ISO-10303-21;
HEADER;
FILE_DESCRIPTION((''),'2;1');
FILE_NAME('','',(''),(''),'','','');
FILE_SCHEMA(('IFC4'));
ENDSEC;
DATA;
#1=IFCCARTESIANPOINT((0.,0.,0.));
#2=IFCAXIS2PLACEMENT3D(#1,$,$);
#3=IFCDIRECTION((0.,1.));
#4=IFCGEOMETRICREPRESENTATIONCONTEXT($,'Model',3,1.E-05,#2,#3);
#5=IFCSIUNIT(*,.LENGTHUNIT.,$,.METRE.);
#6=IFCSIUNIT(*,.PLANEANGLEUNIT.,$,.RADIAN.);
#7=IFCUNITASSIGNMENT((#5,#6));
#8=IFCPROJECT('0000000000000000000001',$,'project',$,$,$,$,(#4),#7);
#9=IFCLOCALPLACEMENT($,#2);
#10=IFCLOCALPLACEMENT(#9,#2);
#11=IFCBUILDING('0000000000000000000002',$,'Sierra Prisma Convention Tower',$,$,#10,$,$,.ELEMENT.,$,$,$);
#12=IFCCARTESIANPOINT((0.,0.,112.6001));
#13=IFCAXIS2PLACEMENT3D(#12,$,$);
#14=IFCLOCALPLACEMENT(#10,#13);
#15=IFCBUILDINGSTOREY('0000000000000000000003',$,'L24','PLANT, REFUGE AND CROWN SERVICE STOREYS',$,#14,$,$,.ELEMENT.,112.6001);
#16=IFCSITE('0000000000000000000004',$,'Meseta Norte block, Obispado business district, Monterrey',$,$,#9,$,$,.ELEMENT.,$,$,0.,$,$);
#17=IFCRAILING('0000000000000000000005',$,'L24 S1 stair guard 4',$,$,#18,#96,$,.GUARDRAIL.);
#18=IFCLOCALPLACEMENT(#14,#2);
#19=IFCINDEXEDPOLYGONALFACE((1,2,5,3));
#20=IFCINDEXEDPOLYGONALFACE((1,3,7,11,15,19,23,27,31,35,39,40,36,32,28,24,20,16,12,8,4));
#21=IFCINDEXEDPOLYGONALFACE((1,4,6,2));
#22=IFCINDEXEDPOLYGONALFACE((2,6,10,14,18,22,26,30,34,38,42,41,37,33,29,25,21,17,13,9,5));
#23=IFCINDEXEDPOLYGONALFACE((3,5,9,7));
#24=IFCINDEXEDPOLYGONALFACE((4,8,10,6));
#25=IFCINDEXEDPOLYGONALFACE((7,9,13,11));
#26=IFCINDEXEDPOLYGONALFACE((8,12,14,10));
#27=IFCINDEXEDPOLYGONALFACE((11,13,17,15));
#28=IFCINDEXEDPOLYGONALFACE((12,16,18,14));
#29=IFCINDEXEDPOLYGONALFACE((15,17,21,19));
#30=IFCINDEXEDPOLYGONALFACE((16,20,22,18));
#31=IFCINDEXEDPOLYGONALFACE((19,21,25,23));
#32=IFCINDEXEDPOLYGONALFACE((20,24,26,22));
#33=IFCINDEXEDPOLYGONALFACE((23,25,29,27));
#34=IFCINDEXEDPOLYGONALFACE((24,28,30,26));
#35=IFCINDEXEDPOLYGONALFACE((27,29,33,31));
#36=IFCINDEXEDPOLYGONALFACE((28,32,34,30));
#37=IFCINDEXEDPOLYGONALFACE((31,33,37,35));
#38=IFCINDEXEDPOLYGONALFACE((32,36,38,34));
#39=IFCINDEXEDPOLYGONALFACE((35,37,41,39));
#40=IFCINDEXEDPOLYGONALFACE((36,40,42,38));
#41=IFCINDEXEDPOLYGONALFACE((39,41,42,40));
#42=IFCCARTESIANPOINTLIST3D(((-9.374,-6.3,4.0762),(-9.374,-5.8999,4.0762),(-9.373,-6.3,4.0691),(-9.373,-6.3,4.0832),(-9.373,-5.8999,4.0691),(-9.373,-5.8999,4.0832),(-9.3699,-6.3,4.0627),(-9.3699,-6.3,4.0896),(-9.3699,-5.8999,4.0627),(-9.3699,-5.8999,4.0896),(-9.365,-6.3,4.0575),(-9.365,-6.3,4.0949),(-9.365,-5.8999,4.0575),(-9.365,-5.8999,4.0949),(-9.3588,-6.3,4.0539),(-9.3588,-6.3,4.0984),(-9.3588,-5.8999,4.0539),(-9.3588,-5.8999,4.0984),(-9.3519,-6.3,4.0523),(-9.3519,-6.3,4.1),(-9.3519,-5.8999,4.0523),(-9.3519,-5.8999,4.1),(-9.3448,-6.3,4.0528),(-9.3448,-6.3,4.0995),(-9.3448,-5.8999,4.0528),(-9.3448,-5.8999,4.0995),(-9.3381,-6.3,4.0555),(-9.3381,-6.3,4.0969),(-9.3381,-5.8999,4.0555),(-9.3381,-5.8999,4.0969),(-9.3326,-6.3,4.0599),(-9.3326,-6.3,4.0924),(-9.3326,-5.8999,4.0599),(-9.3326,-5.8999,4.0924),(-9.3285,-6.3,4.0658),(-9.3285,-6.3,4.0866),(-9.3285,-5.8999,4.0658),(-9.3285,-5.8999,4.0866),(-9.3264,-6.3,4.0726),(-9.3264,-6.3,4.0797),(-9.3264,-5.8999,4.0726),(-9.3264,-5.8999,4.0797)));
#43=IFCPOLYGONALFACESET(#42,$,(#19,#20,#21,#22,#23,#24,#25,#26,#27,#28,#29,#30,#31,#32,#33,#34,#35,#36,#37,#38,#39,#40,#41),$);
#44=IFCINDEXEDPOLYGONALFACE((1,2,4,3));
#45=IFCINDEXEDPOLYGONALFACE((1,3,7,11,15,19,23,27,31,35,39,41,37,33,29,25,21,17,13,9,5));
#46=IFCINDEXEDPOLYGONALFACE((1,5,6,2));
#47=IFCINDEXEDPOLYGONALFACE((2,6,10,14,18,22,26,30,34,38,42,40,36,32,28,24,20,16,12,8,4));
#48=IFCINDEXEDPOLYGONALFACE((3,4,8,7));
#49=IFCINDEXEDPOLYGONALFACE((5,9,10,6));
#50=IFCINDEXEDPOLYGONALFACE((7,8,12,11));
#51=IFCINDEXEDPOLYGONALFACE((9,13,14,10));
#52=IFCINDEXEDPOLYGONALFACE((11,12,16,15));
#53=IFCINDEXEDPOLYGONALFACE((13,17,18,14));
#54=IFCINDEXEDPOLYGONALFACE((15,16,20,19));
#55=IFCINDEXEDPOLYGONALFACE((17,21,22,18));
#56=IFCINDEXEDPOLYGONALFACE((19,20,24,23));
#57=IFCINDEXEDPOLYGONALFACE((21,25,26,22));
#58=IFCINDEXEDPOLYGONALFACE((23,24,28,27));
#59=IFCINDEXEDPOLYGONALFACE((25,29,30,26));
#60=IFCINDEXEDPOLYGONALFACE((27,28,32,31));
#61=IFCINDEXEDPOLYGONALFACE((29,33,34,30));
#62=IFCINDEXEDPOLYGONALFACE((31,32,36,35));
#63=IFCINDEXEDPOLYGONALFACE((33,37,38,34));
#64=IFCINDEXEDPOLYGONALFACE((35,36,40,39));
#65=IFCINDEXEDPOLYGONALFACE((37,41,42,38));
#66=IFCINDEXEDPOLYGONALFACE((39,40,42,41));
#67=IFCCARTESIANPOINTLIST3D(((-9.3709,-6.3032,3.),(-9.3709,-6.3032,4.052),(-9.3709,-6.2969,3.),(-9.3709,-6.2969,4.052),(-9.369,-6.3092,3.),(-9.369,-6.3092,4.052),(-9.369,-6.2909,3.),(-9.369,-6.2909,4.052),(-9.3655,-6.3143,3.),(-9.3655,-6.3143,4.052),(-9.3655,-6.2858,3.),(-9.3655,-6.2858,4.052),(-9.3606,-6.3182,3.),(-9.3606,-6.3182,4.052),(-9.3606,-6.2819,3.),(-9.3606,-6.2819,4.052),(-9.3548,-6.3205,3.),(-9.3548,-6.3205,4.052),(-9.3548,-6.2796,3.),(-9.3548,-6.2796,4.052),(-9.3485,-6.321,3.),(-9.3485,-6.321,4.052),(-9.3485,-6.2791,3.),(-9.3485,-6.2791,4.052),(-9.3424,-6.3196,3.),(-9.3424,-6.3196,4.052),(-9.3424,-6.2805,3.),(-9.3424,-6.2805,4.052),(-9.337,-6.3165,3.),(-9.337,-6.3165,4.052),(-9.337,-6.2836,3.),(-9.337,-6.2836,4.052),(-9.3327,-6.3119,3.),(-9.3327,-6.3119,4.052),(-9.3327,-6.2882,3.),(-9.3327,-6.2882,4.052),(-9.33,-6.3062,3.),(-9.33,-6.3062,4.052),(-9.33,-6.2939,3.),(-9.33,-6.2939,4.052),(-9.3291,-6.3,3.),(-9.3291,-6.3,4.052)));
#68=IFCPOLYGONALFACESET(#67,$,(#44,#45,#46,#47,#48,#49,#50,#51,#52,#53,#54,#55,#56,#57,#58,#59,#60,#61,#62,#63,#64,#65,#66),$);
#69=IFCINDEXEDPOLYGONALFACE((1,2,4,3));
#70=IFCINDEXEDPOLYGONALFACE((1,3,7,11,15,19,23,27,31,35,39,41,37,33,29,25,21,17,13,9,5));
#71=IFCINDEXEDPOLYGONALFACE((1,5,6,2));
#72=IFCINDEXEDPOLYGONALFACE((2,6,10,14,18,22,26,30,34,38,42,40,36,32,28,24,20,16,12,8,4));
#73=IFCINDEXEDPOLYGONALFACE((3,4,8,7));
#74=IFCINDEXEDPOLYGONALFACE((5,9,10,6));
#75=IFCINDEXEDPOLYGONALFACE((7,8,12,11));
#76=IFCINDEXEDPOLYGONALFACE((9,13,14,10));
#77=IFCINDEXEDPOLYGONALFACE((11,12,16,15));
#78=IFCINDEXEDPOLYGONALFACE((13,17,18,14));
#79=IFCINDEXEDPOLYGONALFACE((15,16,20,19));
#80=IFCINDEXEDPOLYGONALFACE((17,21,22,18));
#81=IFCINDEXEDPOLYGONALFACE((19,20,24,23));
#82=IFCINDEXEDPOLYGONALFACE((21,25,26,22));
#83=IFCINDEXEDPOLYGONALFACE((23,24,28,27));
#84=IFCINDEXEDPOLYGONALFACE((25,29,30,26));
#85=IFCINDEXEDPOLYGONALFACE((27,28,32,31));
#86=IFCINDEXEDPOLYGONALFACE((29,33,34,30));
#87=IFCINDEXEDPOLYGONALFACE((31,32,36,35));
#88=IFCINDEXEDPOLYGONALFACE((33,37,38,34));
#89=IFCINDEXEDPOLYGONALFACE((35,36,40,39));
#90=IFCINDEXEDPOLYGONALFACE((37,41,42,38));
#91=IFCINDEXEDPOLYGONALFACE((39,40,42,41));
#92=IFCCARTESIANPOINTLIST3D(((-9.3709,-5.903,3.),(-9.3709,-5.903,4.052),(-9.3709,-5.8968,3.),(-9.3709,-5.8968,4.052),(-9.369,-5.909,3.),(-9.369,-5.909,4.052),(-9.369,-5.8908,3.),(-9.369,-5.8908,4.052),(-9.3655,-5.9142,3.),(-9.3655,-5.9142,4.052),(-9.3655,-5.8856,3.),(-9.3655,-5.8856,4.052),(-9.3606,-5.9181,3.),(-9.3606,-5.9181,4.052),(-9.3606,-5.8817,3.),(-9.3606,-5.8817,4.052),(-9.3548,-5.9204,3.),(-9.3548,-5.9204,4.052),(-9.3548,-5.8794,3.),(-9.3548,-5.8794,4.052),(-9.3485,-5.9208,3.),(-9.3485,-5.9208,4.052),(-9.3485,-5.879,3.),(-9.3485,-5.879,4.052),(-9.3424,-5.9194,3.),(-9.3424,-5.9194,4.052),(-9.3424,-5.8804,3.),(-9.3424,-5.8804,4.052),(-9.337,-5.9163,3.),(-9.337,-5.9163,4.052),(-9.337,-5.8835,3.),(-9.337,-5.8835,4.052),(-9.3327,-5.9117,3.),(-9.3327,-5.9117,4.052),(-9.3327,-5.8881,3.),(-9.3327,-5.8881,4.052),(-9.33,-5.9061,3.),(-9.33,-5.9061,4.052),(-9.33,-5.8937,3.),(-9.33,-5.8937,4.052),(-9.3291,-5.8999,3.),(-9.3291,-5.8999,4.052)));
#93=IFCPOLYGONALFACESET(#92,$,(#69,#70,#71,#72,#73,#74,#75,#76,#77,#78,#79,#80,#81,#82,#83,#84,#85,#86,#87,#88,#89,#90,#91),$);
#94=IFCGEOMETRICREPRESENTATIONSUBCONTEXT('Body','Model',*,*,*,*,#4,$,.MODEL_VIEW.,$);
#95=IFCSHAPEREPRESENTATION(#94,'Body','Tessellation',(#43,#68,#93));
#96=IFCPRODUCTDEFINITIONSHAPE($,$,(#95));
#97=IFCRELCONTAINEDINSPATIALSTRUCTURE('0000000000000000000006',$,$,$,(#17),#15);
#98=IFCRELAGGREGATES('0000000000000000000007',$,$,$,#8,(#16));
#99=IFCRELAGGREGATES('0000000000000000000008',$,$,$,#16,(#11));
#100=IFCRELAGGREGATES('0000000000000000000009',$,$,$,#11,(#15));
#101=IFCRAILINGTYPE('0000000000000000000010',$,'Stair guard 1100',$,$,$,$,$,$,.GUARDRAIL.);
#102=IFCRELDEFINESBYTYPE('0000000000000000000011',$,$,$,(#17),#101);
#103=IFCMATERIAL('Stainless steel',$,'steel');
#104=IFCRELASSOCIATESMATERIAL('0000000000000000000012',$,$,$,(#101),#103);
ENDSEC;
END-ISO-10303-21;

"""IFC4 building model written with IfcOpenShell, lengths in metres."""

from ifc_helpers import new_model, si_unit, direction, frame, origin, origin_2d, place, context, subcontext, project, spatial, circle, extrude, material, type_object, element, save


model = new_model("IFC4")

# Units and contexts
model_context = context("Model", 3, precision=1e-05, world=origin(), true_north=direction((0.0, 1.0)))
body_context = subcontext(model_context, "Body", "Model", "MODEL_VIEW")
ifc_project = project(units=[si_unit("LENGTHUNIT", "METRE"), si_unit("PLANEANGLEUNIT", "RADIAN")], contexts=[model_context])

# Site, building, storey
site_placement = place(None, origin())
site = spatial("IfcSite", under=ifc_project, at=site_placement, Name="Meseta Norte block, Obispado business district, Monterrey", CompositionType="ELEMENT", RefElevation=0.0)
building_placement = place(site_placement, origin())
building = spatial("IfcBuilding", under=site, at=building_placement, Name="Sierra Prisma Convention Tower", CompositionType="ELEMENT")
storey_placement = place(building_placement, frame((0.0, 0.0, 112.6001)))
storey = spatial("IfcBuildingStorey", under=building, at=storey_placement, Name="L24", Description="PLANT, REFUGE AND CROWN SERVICE STOREYS", CompositionType="ELEMENT", Elevation=112.6001)

# Railing
ifc_material_1 = material(Name="Stainless steel", Category="steel")
railing_type_1 = type_object("IfcRailingType", Name="Stair guard 1100", PredefinedType="GUARDRAIL", material=ifc_material_1)
railing_1_placement = place(storey_placement, frame((-9.3501, -6.3, 3.0)))
element("IfcRailing", 1, at=railing_1_placement, inside=storey, type_object=railing_type_1, Name="L24 S1 stair guard 4", PredefinedType="GUARDRAIL", context=body_context, shape_type="SweptSolid", body=[
    extrude(circle(Radius=0.0239, at=origin_2d()), frame((0.0, 0.0, 1.0762), z_axis=(0.0, 1.0, 0.0), x_axis=(-1.0, 0.0, 0.0)), (0.0, 0.0, 1.0), 0.4001),
    extrude(circle(Radius=0.021, at=origin_2d()), origin(), (0.0, 0.0, 1.0), 1.052),
    extrude(circle(Radius=0.021, at=origin_2d()), frame((0.0, 0.4001, 0.0)), (0.0, 0.0, 1.0), 1.052),
])

save(model, "model.ifc")
